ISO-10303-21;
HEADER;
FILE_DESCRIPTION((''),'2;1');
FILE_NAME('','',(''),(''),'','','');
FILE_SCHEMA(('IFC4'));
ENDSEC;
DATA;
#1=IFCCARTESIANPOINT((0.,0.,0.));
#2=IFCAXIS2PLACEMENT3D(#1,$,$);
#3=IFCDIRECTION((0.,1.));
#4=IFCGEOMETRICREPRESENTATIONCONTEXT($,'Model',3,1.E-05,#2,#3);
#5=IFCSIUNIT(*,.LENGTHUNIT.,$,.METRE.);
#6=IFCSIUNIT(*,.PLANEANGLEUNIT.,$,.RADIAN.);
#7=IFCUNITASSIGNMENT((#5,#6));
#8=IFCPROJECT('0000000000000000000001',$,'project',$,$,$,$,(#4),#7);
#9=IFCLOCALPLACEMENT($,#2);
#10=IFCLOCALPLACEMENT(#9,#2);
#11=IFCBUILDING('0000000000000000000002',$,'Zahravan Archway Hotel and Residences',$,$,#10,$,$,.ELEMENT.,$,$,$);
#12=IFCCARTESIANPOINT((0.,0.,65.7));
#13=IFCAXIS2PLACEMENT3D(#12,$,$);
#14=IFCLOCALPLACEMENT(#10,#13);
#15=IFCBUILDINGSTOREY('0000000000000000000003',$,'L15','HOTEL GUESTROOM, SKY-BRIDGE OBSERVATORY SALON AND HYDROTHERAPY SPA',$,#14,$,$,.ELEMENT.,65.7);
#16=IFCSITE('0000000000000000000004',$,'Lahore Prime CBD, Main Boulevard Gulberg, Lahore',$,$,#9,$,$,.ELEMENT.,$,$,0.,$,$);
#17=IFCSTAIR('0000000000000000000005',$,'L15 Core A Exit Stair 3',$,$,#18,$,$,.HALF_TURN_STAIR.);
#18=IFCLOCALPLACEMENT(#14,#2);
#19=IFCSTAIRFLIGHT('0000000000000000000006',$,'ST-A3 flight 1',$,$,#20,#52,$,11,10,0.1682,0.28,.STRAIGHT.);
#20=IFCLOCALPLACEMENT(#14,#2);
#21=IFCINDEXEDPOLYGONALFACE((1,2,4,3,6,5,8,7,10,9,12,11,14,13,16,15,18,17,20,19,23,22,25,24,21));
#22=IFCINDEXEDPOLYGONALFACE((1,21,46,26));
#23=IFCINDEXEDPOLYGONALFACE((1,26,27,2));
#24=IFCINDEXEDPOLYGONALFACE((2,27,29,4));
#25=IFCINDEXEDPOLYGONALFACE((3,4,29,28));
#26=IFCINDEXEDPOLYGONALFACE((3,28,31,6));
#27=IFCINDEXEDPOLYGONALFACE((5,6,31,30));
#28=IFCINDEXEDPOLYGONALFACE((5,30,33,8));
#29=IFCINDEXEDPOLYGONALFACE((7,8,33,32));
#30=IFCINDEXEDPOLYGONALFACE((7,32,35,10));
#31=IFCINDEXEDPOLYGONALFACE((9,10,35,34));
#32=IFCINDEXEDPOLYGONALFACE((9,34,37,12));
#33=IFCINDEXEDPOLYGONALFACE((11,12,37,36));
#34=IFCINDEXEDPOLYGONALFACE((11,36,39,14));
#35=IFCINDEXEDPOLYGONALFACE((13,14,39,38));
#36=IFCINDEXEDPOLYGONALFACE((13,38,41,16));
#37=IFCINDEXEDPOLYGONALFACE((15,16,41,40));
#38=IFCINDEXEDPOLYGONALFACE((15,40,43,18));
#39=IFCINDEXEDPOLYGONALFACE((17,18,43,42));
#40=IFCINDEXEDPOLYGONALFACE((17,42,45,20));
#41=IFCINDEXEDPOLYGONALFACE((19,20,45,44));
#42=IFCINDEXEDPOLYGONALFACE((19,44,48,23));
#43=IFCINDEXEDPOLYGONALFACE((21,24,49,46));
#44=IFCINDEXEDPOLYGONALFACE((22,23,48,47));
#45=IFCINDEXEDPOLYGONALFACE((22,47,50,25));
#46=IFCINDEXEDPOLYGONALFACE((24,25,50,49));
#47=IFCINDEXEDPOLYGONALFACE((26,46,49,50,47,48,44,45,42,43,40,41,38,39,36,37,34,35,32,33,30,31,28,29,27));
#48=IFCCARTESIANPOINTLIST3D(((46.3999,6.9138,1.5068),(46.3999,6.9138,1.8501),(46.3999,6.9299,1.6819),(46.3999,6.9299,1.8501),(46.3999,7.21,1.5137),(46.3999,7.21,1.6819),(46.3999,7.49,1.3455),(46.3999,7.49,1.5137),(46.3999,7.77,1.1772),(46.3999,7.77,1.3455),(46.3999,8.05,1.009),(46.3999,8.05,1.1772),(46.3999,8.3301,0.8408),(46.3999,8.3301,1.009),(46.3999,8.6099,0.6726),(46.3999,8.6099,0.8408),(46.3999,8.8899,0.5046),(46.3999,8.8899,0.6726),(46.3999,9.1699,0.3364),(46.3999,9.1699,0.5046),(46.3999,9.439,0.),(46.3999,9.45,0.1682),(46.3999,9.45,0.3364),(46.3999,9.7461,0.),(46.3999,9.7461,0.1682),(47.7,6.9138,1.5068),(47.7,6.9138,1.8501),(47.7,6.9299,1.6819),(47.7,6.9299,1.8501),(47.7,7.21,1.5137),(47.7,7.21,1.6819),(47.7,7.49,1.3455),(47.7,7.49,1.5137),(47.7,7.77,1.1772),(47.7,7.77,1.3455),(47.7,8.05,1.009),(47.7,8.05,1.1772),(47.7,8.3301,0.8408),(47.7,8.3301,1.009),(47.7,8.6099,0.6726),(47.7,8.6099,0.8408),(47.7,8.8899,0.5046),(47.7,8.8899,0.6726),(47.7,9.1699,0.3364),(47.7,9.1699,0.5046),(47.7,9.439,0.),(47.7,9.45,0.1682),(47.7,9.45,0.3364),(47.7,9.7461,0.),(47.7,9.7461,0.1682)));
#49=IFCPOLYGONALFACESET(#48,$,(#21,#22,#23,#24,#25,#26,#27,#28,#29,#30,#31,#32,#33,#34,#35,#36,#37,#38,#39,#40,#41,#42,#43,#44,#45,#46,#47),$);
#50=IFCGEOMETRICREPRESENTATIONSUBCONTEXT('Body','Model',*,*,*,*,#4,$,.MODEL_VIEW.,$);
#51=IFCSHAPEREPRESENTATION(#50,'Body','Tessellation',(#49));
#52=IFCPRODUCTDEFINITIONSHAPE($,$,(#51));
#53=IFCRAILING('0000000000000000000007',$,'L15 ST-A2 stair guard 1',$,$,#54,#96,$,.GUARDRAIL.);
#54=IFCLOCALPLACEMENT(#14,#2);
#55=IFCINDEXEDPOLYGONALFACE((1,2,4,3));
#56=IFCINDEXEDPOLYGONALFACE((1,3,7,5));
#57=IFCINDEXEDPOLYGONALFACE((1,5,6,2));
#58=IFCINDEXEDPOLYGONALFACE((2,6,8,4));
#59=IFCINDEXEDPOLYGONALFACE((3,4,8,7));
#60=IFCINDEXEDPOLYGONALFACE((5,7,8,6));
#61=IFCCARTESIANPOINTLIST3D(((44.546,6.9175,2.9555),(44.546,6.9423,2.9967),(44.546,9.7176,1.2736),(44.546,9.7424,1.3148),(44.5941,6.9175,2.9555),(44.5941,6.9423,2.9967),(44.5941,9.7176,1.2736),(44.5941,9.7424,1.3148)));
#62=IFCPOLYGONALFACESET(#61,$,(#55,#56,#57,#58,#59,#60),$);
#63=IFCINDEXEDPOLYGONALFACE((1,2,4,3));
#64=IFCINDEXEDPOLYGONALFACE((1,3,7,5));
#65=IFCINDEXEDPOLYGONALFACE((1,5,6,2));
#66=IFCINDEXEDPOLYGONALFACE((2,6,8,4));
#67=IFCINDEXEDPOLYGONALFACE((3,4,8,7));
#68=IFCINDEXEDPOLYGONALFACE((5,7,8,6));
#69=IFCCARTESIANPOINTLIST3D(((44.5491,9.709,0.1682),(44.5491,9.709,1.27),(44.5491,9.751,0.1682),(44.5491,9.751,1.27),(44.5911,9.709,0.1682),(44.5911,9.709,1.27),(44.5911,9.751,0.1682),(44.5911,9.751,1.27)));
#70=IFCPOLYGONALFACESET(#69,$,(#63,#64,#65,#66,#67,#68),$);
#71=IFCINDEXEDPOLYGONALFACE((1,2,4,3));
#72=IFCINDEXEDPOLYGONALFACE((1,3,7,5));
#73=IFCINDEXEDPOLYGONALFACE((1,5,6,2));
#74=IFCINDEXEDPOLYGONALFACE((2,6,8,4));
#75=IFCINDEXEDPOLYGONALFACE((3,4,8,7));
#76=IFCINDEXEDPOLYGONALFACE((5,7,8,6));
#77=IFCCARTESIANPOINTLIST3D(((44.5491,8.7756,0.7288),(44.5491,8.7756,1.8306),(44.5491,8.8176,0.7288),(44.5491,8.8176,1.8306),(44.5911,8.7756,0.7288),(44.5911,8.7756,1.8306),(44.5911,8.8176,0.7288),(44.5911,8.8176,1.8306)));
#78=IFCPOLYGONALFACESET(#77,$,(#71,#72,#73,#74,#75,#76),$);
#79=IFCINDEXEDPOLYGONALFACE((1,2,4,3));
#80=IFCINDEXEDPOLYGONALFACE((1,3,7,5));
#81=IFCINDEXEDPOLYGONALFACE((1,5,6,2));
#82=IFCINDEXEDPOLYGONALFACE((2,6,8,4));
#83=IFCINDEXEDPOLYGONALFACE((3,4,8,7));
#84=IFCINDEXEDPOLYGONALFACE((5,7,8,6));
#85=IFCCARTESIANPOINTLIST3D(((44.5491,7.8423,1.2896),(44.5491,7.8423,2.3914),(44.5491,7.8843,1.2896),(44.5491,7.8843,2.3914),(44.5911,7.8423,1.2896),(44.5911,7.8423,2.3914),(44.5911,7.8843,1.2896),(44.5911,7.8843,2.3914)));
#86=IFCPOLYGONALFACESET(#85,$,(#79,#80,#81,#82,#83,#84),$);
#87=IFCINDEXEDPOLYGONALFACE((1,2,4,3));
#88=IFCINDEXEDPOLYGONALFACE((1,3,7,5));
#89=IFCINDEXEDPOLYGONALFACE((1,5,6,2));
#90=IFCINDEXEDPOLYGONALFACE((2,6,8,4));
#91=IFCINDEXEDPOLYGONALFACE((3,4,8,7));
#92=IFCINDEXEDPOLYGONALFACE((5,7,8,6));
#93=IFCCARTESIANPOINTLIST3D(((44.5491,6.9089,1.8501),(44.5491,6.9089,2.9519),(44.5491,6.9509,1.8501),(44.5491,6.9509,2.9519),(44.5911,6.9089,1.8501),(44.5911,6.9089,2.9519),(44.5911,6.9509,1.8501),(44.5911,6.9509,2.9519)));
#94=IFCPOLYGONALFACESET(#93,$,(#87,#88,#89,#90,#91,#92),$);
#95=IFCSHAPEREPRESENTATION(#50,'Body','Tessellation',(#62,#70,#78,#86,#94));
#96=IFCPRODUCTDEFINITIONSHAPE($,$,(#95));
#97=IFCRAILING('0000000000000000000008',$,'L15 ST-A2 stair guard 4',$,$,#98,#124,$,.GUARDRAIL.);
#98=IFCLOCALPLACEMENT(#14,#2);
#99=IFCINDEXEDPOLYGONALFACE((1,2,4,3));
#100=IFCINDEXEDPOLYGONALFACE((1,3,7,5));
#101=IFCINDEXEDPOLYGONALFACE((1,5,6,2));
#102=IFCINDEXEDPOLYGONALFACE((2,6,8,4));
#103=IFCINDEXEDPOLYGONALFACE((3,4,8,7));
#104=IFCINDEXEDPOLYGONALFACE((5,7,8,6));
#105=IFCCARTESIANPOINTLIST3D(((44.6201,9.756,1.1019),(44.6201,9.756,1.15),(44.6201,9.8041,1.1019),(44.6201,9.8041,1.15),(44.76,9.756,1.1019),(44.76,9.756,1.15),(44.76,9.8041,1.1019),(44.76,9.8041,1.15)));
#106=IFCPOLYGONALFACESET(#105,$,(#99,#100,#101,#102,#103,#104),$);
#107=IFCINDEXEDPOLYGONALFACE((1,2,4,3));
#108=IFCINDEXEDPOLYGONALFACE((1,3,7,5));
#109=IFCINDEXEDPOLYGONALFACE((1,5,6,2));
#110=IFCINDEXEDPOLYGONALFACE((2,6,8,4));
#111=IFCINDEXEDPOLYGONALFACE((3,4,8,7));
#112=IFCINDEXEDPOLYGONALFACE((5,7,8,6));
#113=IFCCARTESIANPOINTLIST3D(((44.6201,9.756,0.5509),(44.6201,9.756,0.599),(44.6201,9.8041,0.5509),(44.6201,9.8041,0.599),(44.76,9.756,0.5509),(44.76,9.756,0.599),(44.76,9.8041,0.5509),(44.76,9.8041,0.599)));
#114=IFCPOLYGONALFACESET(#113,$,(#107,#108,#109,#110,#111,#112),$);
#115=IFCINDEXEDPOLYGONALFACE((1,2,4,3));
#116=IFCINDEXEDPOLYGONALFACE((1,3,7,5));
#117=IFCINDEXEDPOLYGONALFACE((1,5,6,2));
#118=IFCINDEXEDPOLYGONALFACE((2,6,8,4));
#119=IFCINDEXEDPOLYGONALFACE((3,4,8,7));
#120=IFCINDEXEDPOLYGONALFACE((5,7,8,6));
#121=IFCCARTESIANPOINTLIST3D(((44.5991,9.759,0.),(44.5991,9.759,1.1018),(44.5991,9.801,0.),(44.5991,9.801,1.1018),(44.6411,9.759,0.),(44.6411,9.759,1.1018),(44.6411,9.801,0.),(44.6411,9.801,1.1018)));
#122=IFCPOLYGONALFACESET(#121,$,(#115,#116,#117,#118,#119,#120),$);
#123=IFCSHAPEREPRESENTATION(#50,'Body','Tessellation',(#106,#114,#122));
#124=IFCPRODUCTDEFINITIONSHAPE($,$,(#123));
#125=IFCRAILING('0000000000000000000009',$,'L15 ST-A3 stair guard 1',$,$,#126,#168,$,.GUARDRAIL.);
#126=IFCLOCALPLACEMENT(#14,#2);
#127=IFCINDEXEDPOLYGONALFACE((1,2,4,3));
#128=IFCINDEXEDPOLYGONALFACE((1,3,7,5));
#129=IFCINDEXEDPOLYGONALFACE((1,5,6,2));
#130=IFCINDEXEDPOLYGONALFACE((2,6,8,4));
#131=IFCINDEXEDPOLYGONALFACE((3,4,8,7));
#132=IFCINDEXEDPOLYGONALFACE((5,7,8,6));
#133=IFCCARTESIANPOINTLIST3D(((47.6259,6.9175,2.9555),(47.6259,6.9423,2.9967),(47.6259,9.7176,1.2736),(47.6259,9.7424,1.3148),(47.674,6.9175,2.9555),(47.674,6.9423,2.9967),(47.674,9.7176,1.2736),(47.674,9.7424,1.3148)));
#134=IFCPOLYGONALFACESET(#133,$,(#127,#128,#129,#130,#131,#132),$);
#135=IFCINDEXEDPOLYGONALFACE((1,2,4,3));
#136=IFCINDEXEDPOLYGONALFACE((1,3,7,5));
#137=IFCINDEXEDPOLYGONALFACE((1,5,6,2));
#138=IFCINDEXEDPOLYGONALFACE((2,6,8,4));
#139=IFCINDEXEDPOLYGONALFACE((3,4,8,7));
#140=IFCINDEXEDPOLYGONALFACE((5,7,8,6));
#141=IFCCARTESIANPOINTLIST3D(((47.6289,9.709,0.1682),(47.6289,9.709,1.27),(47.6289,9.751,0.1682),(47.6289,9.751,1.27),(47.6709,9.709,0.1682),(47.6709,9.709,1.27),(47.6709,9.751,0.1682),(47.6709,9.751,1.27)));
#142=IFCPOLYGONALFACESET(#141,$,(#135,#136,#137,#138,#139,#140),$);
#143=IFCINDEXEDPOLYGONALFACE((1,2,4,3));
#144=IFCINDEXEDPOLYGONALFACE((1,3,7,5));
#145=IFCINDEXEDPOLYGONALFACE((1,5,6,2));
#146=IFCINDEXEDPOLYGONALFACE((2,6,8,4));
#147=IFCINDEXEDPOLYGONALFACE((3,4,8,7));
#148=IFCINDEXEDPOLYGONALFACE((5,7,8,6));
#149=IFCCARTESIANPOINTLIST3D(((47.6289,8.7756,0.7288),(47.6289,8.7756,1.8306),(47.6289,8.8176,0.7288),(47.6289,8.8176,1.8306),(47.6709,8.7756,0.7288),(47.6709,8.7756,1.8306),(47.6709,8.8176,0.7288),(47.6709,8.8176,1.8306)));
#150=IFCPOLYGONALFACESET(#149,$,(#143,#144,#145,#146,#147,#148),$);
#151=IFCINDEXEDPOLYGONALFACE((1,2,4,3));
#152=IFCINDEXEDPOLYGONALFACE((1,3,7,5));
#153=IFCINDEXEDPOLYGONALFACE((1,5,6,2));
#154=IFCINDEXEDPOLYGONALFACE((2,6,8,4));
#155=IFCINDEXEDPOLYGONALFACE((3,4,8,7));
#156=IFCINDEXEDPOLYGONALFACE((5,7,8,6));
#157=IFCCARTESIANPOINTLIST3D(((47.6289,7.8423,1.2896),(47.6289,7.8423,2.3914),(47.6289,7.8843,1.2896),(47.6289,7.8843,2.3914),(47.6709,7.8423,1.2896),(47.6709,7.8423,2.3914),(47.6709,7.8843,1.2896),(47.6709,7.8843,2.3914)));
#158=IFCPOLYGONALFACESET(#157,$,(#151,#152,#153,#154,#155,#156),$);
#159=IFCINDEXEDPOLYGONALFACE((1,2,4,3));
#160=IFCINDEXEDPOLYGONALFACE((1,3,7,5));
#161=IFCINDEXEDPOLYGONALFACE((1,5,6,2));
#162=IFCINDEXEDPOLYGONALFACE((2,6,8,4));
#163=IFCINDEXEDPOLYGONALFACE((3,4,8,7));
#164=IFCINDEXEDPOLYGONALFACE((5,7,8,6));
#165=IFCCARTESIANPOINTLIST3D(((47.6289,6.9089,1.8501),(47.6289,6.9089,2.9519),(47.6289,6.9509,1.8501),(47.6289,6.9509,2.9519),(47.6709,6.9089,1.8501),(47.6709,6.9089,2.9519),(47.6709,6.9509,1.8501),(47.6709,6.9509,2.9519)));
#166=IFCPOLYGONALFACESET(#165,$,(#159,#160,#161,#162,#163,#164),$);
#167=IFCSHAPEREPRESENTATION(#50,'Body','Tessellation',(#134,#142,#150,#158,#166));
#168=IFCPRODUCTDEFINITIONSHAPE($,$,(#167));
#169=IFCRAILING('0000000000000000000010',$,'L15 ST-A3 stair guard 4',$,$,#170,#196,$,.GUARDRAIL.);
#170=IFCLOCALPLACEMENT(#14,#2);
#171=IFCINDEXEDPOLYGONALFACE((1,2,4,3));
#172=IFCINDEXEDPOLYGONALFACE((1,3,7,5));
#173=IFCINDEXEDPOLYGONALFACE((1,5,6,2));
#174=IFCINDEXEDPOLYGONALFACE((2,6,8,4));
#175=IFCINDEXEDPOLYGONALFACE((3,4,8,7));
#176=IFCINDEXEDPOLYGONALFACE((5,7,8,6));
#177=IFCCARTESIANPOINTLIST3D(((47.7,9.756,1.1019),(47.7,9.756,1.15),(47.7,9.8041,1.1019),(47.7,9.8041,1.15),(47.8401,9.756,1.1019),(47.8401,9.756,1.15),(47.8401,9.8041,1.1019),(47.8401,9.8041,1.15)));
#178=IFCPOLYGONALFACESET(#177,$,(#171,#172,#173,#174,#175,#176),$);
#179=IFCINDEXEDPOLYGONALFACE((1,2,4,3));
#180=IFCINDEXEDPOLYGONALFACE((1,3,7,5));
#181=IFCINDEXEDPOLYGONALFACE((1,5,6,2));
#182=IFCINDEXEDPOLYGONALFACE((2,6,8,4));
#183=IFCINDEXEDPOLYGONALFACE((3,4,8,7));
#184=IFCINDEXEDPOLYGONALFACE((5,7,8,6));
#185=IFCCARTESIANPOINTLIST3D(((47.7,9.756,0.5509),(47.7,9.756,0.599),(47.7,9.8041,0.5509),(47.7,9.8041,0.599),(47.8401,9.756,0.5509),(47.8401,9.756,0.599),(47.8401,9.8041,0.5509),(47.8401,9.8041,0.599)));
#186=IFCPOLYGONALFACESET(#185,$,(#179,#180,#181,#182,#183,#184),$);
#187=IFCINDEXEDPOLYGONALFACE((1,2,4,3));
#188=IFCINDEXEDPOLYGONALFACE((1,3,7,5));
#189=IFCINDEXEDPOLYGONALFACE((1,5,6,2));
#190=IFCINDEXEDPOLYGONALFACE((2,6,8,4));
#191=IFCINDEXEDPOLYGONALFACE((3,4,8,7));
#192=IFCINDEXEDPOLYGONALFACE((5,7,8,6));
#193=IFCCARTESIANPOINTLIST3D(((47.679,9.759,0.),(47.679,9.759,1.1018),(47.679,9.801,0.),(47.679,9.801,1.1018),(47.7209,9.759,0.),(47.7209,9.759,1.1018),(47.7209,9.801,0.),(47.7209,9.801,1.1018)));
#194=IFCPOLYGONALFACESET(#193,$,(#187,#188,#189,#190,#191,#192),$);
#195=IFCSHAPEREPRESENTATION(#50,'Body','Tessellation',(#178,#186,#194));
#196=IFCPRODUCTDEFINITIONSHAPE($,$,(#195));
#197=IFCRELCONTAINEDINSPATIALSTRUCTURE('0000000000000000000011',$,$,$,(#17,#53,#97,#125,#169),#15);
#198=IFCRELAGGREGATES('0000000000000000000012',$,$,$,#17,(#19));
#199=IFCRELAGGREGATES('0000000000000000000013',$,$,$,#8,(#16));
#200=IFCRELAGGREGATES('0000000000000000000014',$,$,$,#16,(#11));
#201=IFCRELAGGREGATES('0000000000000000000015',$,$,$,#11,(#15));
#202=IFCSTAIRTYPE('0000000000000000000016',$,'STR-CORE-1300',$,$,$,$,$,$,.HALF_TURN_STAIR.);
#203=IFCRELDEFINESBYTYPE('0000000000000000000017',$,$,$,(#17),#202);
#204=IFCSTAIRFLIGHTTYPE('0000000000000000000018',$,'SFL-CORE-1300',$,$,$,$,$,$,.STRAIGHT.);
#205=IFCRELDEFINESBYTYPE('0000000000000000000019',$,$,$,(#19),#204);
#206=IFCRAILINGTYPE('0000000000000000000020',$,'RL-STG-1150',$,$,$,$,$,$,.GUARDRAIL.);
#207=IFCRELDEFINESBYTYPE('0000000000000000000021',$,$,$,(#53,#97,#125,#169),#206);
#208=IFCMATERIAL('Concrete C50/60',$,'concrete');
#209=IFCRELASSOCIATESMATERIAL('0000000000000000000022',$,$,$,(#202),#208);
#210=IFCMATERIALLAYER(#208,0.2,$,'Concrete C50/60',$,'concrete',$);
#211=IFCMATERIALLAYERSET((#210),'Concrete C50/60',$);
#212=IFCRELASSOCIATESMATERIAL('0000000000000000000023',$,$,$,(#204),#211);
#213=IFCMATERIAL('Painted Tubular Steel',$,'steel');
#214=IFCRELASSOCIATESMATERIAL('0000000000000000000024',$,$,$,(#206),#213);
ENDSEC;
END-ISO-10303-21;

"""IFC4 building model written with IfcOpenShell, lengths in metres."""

from ifc_helpers import new_model, si_unit, direction, frame, origin, origin_2d, place, context, subcontext, project, spatial, polyline, rectangle, outline, extrude, source, transform, mapped, material, layer, layer_set, type_object, element, aggregate, save


model = new_model("IFC4")

# Units and contexts
model_context = context("Model", 3, precision=1e-05, world=origin(), true_north=direction((0.0, 1.0)))
body_context = subcontext(model_context, "Body", "Model", "MODEL_VIEW")
ifc_project = project(units=[si_unit("LENGTHUNIT", "METRE"), si_unit("PLANEANGLEUNIT", "RADIAN")], contexts=[model_context])

# Site, building, storey
site_placement = place(None, origin())
site = spatial("IfcSite", under=ifc_project, at=site_placement, Name="Lahore Prime CBD, Main Boulevard Gulberg, Lahore", CompositionType="ELEMENT", RefElevation=0.0)
building_placement = place(site_placement, origin())
building = spatial("IfcBuilding", under=site, at=building_placement, Name="Zahravan Archway Hotel and Residences", CompositionType="ELEMENT")
storey_placement = place(building_placement, frame((0.0, 0.0, 65.7)))
storey = spatial("IfcBuildingStorey", under=building, at=storey_placement, Name="L15", Description="HOTEL GUESTROOM, SKY-BRIDGE OBSERVATORY SALON AND HYDROTHERAPY SPA", CompositionType="ELEMENT", Elevation=65.7)

# Shared definitions
ifc_material_1 = material(Name="Concrete C50/60", Category="concrete")

# Stair, stair flight
stair_type = type_object("IfcStairType", Name="STR-CORE-1300", PredefinedType="HALF_TURN_STAIR", material=ifc_material_1)
ifc_layer_1 = layer(ifc_material_1, 0.2, Name="Concrete C50/60", Category="concrete")
ifc_layer_set_1 = layer_set([ifc_layer_1], Name="Concrete C50/60")
stair_flight_type = type_object("IfcStairFlightType", Name="SFL-CORE-1300", PredefinedType="STRAIGHT", material=ifc_layer_set_1)
shared_shape_1 = source(origin(), body_context, "Body", "SweptSolid", [
    extrude(outline(polyline([(-0.0161, 0.0), (-0.0161, 0.1682), (0.28, 0.1682), (0.28, 0.3364), (0.5601, 0.3364), (0.5601, 0.5046), (0.8401, 0.5046), (0.8401, 0.6726), (1.1201, 0.6726), (1.1201, 0.8408), (1.3999, 0.8408), (1.3999, 1.009), (1.6799, 1.009), (1.6799, 1.1772), (1.96, 1.1772), (1.96, 1.3455), (2.24, 1.3455), (2.24, 1.5137), (2.52, 1.5137), (2.52, 1.6819), (2.8, 1.6819), (2.8, 1.8501), (2.8162, 1.8501), (2.8162, 1.5068), (0.291, 0.0), (-0.0161, 0.0)])), frame((0.0, 0.6499, 0.0), z_axis=(0.0, -1.0, 0.0), x_axis=(1.0, 0.0, 0.0)), (0.0, 0.0, 1.0), 1.3),
])
stair_1_placement = place(storey_placement, origin())
stair_1 = element("IfcStair", 1, at=stair_1_placement, inside=storey, type_object=stair_type, Name="L15 Core A Exit Stair 3", PredefinedType="HALF_TURN_STAIR")
stair_flight_1_placement = place(storey_placement, frame((47.05, 9.73, 0.0), z_axis=(0.0, 0.0, 1.0), x_axis=(0.0, -1.0, 0.0)))
stair_flight_1 = element("IfcStairFlight", 2, at=stair_flight_1_placement, type_object=stair_flight_type, Name="ST-A3 flight 1", NumberOfRisers=11, NumberOfTreads=10, PredefinedType="STRAIGHT", RiserHeight=0.1682, TreadLength=0.28, context=body_context, shape_type="MappedRepresentation", body=[
    mapped(shared_shape_1, transform((0.0, 0.0, 0.0), scale=1.0)),
])
aggregate(stair_1, [stair_flight_1])

# Railings
ifc_material_2 = material(Name="Painted Tubular Steel", Category="steel")
railing_type_1 = type_object("IfcRailingType", Name="RL-STG-1150", PredefinedType="GUARDRAIL", material=ifc_material_2)
railing_1_placement = place(storey_placement, frame((44.5701, 9.73, 0.1682)))
element("IfcRailing", 3, at=railing_1_placement, inside=storey, type_object=railing_type_1, Name="L15 ST-A2 stair guard 1", PredefinedType="GUARDRAIL", context=body_context, shape_type="SweptSolid", body=[
    extrude(rectangle(XDim=0.0481, YDim=0.0481, at=origin_2d()), frame((0.0, 0.0, 1.126), z_axis=(0.0, -0.857242, 0.514913), x_axis=(1.0, 0.0, 0.0)), (0.0, 0.0, 1.0), 3.2664),
    extrude(rectangle(XDim=0.042, YDim=0.042, at=origin_2d()), origin(), (0.0, 0.0, 1.0), 1.1018),
    extrude(rectangle(XDim=0.042, YDim=0.042, at=origin_2d()), frame((0.0, -0.9333, 0.5605)), (0.0, 0.0, 1.0), 1.1018),
    extrude(rectangle(XDim=0.042, YDim=0.042, at=origin_2d()), frame((0.0, -1.8667, 1.1213)), (0.0, 0.0, 1.0), 1.1018),
    extrude(rectangle(XDim=0.042, YDim=0.042, at=origin_2d()), frame((0.0, -2.8, 1.6819)), (0.0, 0.0, 1.0), 1.1018),
])
railing_2_placement = place(storey_placement, frame((44.6201, 9.78, 0.0)))
element("IfcRailing", 4, at=railing_2_placement, inside=storey, type_object=railing_type_1, Name="L15 ST-A2 stair guard 4", PredefinedType="GUARDRAIL", context=body_context, shape_type="SweptSolid", body=[
    extrude(rectangle(XDim=0.0481, YDim=0.0481, at=origin_2d()), frame((0.0, 0.0, 1.126), z_axis=(1.0, 0.0, 0.0), x_axis=(0.0, 1.0, 0.0)), (0.0, 0.0, 1.0), 0.1399),
    extrude(rectangle(XDim=0.0481, YDim=0.0481, at=origin_2d()), frame((0.0, 0.0, 0.575), z_axis=(1.0, 0.0, 0.0), x_axis=(0.0, 1.0, 0.0)), (0.0, 0.0, 1.0), 0.1399),
    extrude(rectangle(XDim=0.042, YDim=0.042, at=origin_2d()), origin(), (0.0, 0.0, 1.0), 1.1018),
])
railing_3_placement = place(storey_placement, frame((47.6499, 9.73, 0.1682)))
element("IfcRailing", 5, at=railing_3_placement, inside=storey, type_object=railing_type_1, Name="L15 ST-A3 stair guard 1", PredefinedType="GUARDRAIL", context=body_context, shape_type="SweptSolid", body=[
    extrude(rectangle(XDim=0.0481, YDim=0.0481, at=origin_2d()), frame((0.0, 0.0, 1.126), z_axis=(0.0, -0.857242, 0.514913), x_axis=(1.0, 0.0, 0.0)), (0.0, 0.0, 1.0), 3.2664),
    extrude(rectangle(XDim=0.042, YDim=0.042, at=origin_2d()), origin(), (0.0, 0.0, 1.0), 1.1018),
    extrude(rectangle(XDim=0.042, YDim=0.042, at=origin_2d()), frame((0.0, -0.9333, 0.5605)), (0.0, 0.0, 1.0), 1.1018),
    extrude(rectangle(XDim=0.042, YDim=0.042, at=origin_2d()), frame((0.0, -1.8667, 1.1213)), (0.0, 0.0, 1.0), 1.1018),
    extrude(rectangle(XDim=0.042, YDim=0.042, at=origin_2d()), frame((0.0, -2.8, 1.6819)), (0.0, 0.0, 1.0), 1.1018),
])
railing_4_placement = place(storey_placement, frame((47.7, 9.78, 0.0)))
element("IfcRailing", 6, at=railing_4_placement, inside=storey, type_object=railing_type_1, Name="L15 ST-A3 stair guard 4", PredefinedType="GUARDRAIL", context=body_context, shape_type="SweptSolid", body=[
    extrude(rectangle(XDim=0.0481, YDim=0.0481, at=origin_2d()), frame((0.0, 0.0, 1.126), z_axis=(1.0, 0.0, 0.0), x_axis=(0.0, 1.0, 0.0)), (0.0, 0.0, 1.0), 0.1401),
    extrude(rectangle(XDim=0.0481, YDim=0.0481, at=origin_2d()), frame((0.0, 0.0, 0.575), z_axis=(1.0, 0.0, 0.0), x_axis=(0.0, 1.0, 0.0)), (0.0, 0.0, 1.0), 0.1401),
    extrude(rectangle(XDim=0.042, YDim=0.042, at=origin_2d()), origin(), (0.0, 0.0, 1.0), 1.1018),
])

save(model, "model.ifc")
